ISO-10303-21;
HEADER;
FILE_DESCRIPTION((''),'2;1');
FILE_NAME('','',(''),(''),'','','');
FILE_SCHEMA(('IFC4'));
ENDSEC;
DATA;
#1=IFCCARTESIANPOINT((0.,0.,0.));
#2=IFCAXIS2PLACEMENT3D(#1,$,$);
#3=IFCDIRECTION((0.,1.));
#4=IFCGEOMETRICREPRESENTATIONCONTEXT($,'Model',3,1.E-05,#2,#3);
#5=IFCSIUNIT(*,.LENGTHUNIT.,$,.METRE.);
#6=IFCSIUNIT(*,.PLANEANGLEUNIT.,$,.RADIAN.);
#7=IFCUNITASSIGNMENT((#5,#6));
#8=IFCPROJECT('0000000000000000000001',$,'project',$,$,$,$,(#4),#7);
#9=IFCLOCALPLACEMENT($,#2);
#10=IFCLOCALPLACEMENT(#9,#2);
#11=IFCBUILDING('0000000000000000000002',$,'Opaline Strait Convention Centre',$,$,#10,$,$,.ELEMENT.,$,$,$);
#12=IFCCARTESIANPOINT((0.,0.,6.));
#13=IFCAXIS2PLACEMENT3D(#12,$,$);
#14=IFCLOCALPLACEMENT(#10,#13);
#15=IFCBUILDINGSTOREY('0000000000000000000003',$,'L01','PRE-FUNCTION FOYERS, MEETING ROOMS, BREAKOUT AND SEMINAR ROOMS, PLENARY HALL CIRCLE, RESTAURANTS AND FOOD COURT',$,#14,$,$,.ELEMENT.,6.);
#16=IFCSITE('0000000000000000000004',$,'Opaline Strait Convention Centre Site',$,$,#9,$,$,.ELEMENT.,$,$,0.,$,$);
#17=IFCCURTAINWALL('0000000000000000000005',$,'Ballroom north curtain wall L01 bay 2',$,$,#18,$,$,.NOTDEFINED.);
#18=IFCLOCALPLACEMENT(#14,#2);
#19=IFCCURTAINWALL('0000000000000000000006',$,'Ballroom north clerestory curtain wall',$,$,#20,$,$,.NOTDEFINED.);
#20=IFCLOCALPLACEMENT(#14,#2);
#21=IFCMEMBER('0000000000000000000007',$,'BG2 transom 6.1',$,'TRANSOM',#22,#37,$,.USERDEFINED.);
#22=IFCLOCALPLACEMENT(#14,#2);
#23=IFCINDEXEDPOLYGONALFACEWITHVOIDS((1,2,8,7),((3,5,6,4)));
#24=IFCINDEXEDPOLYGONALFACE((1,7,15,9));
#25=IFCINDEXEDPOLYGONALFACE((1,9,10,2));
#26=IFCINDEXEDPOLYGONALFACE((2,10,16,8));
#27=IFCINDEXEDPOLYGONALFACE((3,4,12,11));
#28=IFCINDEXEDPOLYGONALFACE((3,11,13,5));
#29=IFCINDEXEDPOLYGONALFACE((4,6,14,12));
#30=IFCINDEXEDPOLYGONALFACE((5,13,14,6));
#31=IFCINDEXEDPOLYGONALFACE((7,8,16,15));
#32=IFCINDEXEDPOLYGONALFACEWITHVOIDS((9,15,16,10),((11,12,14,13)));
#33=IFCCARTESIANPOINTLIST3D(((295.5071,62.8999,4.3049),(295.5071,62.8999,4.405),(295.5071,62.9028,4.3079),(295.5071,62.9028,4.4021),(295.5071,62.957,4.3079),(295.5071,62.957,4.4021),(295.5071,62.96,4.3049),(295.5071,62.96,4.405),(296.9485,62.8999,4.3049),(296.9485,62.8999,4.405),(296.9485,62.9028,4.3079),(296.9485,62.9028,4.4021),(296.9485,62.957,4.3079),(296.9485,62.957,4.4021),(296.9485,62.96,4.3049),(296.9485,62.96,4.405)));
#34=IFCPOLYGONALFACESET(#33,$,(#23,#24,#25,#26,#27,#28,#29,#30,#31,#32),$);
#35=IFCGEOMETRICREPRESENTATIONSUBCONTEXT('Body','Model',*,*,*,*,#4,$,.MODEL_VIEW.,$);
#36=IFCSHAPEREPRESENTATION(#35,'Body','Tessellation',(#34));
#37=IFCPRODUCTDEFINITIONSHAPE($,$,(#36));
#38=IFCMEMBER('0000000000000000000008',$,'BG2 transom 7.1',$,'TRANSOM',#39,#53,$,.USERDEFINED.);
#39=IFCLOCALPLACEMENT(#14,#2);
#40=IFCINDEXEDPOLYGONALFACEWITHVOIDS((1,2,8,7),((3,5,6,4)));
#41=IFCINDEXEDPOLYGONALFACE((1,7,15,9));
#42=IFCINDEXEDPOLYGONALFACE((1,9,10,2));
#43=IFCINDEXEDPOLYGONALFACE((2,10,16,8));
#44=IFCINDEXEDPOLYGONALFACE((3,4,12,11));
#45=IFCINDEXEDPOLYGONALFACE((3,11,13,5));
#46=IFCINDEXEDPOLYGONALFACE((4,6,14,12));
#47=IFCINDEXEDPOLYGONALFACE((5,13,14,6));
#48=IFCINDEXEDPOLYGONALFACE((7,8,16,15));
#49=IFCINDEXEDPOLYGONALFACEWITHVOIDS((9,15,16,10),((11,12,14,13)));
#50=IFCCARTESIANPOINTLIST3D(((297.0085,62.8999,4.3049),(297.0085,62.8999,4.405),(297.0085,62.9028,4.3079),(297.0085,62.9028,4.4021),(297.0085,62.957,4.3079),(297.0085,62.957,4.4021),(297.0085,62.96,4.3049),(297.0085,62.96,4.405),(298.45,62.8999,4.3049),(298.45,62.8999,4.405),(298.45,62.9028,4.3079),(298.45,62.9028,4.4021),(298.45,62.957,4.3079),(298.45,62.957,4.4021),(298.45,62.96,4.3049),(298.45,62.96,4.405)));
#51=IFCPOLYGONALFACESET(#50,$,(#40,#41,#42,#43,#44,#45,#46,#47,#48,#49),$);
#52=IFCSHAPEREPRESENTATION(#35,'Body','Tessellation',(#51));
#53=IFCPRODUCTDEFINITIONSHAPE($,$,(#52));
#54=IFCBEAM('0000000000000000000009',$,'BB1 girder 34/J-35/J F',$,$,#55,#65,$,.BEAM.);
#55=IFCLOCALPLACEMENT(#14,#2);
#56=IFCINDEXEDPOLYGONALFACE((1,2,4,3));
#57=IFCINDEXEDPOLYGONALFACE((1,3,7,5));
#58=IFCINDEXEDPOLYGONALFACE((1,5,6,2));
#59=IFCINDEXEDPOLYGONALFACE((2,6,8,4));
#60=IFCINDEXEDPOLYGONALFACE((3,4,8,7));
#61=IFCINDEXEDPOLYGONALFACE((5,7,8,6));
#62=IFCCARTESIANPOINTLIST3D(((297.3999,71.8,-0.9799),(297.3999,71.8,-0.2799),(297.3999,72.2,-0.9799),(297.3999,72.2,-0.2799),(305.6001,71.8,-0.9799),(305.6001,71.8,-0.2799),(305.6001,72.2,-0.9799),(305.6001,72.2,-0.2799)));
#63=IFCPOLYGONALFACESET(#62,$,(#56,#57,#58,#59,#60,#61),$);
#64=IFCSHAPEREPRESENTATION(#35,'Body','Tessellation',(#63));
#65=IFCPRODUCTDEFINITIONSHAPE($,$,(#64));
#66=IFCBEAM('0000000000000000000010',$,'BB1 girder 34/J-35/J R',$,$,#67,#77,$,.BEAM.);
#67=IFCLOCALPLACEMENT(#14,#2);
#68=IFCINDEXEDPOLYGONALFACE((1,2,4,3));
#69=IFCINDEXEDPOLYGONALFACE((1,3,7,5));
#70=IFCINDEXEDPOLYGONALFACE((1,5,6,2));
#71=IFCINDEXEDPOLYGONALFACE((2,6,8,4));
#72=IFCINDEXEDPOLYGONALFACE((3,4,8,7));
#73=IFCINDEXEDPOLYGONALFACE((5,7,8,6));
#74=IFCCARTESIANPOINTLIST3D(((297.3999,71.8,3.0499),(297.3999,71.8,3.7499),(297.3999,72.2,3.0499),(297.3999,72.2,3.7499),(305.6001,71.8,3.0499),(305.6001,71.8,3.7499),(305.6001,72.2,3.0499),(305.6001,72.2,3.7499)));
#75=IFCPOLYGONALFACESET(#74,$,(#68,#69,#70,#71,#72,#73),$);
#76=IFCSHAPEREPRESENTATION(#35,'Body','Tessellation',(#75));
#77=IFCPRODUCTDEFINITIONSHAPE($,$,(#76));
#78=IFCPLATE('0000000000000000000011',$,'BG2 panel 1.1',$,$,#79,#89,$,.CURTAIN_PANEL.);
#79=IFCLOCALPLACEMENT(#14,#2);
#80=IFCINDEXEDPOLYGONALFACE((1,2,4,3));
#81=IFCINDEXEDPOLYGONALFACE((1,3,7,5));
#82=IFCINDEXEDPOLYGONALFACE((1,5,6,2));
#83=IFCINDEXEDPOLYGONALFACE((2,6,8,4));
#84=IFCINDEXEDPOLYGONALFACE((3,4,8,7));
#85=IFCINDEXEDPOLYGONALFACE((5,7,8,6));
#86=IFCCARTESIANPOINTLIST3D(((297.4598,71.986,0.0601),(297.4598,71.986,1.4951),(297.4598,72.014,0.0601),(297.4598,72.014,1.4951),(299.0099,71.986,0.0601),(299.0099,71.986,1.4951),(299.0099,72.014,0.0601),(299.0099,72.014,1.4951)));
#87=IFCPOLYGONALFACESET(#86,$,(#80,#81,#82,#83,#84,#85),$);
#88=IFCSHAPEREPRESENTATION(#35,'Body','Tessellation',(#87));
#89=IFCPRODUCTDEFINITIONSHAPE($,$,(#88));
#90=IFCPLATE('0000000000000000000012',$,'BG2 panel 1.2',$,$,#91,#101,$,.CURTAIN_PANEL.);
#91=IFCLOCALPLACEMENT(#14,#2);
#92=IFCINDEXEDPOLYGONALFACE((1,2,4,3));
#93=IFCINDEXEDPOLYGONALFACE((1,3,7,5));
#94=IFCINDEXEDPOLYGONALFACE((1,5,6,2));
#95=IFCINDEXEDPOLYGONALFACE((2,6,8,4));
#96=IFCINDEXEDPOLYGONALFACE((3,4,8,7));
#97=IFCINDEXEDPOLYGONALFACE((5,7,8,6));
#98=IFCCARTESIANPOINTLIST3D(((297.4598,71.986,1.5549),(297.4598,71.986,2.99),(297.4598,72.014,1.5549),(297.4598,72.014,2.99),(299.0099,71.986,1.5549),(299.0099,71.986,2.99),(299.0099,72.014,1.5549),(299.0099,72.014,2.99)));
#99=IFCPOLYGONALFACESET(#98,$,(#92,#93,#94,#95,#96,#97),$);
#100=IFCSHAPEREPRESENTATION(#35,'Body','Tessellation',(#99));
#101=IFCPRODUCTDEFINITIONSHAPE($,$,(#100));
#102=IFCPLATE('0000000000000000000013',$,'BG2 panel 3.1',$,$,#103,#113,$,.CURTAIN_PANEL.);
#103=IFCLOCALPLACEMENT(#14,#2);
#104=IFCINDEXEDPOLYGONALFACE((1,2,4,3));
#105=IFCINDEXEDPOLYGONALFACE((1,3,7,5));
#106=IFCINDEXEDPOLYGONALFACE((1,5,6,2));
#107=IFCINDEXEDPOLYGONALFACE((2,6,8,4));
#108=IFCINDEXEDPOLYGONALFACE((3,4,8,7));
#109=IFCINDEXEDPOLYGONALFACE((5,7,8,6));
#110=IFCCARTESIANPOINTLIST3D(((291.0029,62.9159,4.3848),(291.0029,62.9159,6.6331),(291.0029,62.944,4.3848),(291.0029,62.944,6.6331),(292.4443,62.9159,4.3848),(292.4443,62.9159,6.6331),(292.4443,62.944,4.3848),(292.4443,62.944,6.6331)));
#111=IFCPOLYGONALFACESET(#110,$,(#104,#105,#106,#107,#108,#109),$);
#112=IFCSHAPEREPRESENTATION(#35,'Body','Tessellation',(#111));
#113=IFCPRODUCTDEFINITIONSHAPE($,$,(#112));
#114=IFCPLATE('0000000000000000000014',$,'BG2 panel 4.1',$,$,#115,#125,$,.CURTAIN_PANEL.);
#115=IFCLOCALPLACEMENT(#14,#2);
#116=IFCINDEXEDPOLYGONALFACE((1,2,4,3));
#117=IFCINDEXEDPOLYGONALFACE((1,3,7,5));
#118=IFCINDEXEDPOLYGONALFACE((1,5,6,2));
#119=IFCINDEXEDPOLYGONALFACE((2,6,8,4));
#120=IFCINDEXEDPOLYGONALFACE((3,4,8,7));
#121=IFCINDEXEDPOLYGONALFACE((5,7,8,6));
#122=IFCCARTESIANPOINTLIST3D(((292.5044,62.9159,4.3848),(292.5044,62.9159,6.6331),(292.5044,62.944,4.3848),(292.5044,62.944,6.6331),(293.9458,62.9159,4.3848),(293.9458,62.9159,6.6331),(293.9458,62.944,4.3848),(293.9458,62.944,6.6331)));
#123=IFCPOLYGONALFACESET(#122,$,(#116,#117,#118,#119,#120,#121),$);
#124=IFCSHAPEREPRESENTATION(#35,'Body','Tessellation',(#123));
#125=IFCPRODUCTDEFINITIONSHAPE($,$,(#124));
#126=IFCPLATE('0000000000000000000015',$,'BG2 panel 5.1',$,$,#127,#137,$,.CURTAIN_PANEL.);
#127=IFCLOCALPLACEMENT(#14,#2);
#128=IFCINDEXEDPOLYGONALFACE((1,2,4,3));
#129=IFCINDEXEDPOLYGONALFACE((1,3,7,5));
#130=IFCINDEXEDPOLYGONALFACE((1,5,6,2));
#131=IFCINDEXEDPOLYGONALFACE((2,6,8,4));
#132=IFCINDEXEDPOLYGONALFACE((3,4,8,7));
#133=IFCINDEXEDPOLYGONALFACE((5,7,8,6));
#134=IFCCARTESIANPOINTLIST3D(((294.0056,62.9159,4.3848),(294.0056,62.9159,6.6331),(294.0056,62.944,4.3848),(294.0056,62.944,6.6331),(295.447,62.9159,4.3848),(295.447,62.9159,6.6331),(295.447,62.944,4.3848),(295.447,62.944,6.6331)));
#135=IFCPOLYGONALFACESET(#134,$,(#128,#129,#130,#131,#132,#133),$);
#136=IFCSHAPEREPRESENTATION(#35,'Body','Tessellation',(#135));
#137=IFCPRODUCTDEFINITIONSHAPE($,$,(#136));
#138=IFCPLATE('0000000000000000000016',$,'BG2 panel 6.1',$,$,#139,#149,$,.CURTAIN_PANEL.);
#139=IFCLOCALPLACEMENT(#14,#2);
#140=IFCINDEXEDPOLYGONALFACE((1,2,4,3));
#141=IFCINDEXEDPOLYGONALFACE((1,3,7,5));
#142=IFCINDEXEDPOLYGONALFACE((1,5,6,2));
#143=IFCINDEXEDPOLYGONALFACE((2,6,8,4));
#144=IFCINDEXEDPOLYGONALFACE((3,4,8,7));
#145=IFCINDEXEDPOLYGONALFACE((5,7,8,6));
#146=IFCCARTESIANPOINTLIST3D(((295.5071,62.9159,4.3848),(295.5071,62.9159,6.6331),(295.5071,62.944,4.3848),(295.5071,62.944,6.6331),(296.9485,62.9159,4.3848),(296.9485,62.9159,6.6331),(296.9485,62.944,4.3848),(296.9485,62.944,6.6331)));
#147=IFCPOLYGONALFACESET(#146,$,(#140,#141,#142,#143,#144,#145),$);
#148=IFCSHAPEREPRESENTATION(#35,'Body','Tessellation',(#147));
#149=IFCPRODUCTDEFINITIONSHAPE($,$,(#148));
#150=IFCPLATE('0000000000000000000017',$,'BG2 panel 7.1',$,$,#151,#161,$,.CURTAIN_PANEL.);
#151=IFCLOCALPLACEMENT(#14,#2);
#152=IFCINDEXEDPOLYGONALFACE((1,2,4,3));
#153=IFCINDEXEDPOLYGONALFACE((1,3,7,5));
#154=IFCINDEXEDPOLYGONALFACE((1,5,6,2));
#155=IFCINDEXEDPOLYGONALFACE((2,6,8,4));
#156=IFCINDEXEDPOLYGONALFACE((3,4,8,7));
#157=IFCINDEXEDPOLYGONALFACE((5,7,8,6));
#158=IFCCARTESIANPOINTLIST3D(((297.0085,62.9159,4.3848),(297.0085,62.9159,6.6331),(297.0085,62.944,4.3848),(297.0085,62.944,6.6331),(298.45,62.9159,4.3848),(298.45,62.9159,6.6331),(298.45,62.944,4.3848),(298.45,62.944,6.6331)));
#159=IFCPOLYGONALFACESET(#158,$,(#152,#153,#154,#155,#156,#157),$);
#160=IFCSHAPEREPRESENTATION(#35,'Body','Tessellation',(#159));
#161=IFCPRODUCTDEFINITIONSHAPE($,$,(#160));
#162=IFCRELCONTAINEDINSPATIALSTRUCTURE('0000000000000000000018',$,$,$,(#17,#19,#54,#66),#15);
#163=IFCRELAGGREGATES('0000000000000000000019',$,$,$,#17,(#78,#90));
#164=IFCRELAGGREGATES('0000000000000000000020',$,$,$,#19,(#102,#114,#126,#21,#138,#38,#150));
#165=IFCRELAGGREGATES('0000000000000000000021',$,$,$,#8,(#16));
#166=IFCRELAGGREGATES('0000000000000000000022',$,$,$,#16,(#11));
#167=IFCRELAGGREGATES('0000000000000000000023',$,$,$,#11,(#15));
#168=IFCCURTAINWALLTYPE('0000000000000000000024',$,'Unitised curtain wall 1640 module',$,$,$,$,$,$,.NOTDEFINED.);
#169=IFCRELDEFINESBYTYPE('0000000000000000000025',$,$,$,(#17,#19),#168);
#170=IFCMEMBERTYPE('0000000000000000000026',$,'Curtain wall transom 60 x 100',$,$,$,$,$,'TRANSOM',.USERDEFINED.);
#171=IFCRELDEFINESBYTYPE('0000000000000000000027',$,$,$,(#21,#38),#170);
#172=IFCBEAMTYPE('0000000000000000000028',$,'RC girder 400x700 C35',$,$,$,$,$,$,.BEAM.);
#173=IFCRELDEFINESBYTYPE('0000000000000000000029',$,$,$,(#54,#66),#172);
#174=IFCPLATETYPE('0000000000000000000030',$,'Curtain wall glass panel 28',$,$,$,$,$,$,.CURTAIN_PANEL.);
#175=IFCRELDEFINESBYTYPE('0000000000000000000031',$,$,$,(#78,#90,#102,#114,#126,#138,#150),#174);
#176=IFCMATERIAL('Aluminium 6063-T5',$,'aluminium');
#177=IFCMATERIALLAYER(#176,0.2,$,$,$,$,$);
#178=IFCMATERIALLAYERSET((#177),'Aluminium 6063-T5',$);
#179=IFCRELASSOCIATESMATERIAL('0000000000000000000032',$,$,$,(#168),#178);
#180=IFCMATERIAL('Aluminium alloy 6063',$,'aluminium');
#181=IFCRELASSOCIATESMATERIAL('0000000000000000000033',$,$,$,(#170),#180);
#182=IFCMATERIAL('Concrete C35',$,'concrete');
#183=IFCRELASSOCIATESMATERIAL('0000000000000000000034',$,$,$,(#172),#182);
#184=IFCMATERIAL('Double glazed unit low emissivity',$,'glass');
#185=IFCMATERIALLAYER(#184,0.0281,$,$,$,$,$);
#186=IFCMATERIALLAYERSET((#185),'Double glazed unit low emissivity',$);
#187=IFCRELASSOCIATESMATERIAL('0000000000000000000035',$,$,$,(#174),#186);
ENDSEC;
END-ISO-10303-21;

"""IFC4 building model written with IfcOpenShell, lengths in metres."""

from ifc_helpers import new_model, si_unit, direction, frame, origin, origin_2d, place, context, subcontext, project, spatial, rectangle, hollow_rectangle, extrude, material, layer, layer_set, material_profile, profile_set, type_object, element, aggregate, save


model = new_model("IFC4")

# Units and contexts
model_context = context("Model", 3, precision=1e-05, world=origin(), true_north=direction((0.0, 1.0)))
body_context = subcontext(model_context, "Body", "Model", "MODEL_VIEW")
ifc_project = project(units=[si_unit("LENGTHUNIT", "METRE"), si_unit("PLANEANGLEUNIT", "RADIAN")], contexts=[model_context])

# Site, building, storey
site_placement = place(None, origin())
site = spatial("IfcSite", under=ifc_project, at=site_placement, Name="Opaline Strait Convention Centre Site", CompositionType="ELEMENT", RefElevation=0.0)
building_placement = place(site_placement, origin())
building = spatial("IfcBuilding", under=site, at=building_placement, Name="Opaline Strait Convention Centre", CompositionType="ELEMENT")
storey_placement = place(building_placement, frame((0.0, 0.0, 6.0)))
storey = spatial("IfcBuildingStorey", under=building, at=storey_placement, Name="L01", Description="PRE-FUNCTION FOYERS, MEETING ROOMS, BREAKOUT AND SEMINAR ROOMS, PLENARY HALL CIRCLE, RESTAURANTS AND FOOD COURT", CompositionType="ELEMENT", Elevation=6.0)

# Curtain wall
ifc_material_1 = material(Name="Aluminium 6063-T5", Category="aluminium")
ifc_layer_1 = layer(ifc_material_1, 0.2)
ifc_layer_set_1 = layer_set([ifc_layer_1], Name="Aluminium 6063-T5")
curtain_wall_type = type_object("IfcCurtainWallType", Name="Unitised curtain wall 1640 module", PredefinedType="NOTDEFINED", material=ifc_layer_set_1)
curtain_wall_1_placement = place(storey_placement, origin())
curtain_wall_1 = element("IfcCurtainWall", 1, at=curtain_wall_1_placement, inside=storey, type_object=curtain_wall_type, Name="Ballroom north curtain wall L01 bay 2", PredefinedType="NOTDEFINED")
ifc_material_2 = material(Name="Aluminium alloy 6063", Category="aluminium")

# Curtain wall
curtain_wall_2_placement = place(storey_placement, origin())
curtain_wall_2 = element("IfcCurtainWall", 2, at=curtain_wall_2_placement, inside=storey, type_object=curtain_wall_type, Name="Ballroom north clerestory curtain wall", PredefinedType="NOTDEFINED")

# Members
ifc_material_profile_1 = material_profile(ifc_material_2, hollow_rectangle(XDim=0.0601, YDim=0.1001, WallThickness=0.0029, at=origin_2d()), Name="TRANSOM 60x100x3")
ifc_profile_set_1 = profile_set([ifc_material_profile_1], Name="Aluminium alloy 6063")
member_type_1 = type_object("IfcMemberType", Name="Curtain wall transom 60 x 100", ElementType="TRANSOM", PredefinedType="USERDEFINED", material=ifc_profile_set_1)
member_1_placement = place(storey_placement, frame((295.5071, 62.9299, 4.355), z_axis=(1.0, 0.0, 0.0), x_axis=(0.0, 1.0, 0.0)))
member_1 = element("IfcMember", 3, at=member_1_placement, type_object=member_type_1, Name="BG2 transom 6.1", ObjectType="TRANSOM", PredefinedType="USERDEFINED", context=body_context, shape_type="SweptSolid", body=[
    extrude(hollow_rectangle(XDim=0.0601, YDim=0.1001, WallThickness=0.0029, at=origin_2d()), origin(), (0.0, 0.0, 1.0), 1.4414),
])
member_2_placement = place(storey_placement, frame((297.0085, 62.9299, 4.355), z_axis=(1.0, 0.0, 0.0), x_axis=(0.0, 1.0, 0.0)))
member_2 = element("IfcMember", 4, at=member_2_placement, type_object=member_type_1, Name="BG2 transom 7.1", ObjectType="TRANSOM", PredefinedType="USERDEFINED", context=body_context, shape_type="SweptSolid", body=[
    extrude(hollow_rectangle(XDim=0.0601, YDim=0.1001, WallThickness=0.0029, at=origin_2d()), origin(), (0.0, 0.0, 1.0), 1.4414),
])

# Beams
ifc_material_3 = material(Name="Concrete C35", Category="concrete")
ifc_material_profile_2 = material_profile(ifc_material_3, rectangle(XDim=0.3999, YDim=0.7, at=origin_2d()), Name="RC 400x700")
ifc_profile_set_2 = profile_set([ifc_material_profile_2], Name="Concrete C35")
beam_type = type_object("IfcBeamType", Name="RC girder 400x700 C35", PredefinedType="BEAM", material=ifc_profile_set_2)
for number, where, z_axis, x_axis, name in (
    (5, (297.3999, 72.0, -0.6299), (1.0, 0.0, 0.0), (0.0, 1.0, 0.0), "BB1 girder 34/J-35/J F"),
    (6, (297.3999, 72.0, 3.3999), (1.0, 0.0, 0.0), (0.0, 1.0, 0.0), "BB1 girder 34/J-35/J R"),
):
    element("IfcBeam", number, at=place(storey_placement, frame(where, z_axis=z_axis, x_axis=x_axis)), inside=storey, type_object=beam_type, Name=name, PredefinedType="BEAM", context=body_context, shape_type="SweptSolid", body=[
        extrude(rectangle(XDim=0.3999, YDim=0.7, at=origin_2d()), origin(), (0.0, 0.0, 1.0), 8.2002),
    ])

# Plates
ifc_material_4 = material(Name="Double glazed unit low emissivity", Category="glass")
ifc_layer_2 = layer(ifc_material_4, 0.0281)
ifc_layer_set_2 = layer_set([ifc_layer_2], Name="Double glazed unit low emissivity")
plate_type = type_object("IfcPlateType", Name="Curtain wall glass panel 28", PredefinedType="CURTAIN_PANEL", material=ifc_layer_set_2)
plate_1_placement = place(storey_placement, frame((298.2349, 72.0, 0.0601), z_axis=(0.0, 0.0, 1.0), x_axis=(1.0, 0.0, 0.0)))
plate_1 = element("IfcPlate", 7, at=plate_1_placement, type_object=plate_type, Name="BG2 panel 1.1", PredefinedType="CURTAIN_PANEL", context=body_context, shape_type="SweptSolid", body=[
    extrude(rectangle(XDim=1.55, YDim=0.0281, at=origin_2d()), origin(), (0.0, 0.0, 1.0), 1.4351),
])
plate_2_placement = place(storey_placement, frame((298.2349, 72.0, 1.5549), z_axis=(0.0, 0.0, 1.0), x_axis=(1.0, 0.0, 0.0)))
plate_2 = element("IfcPlate", 8, at=plate_2_placement, type_object=plate_type, Name="BG2 panel 1.2", PredefinedType="CURTAIN_PANEL", context=body_context, shape_type="SweptSolid", body=[
    extrude(rectangle(XDim=1.55, YDim=0.0281, at=origin_2d()), origin(), (0.0, 0.0, 1.0), 1.4351),
])
aggregate(curtain_wall_1, [plate_1, plate_2])
plate_3_placement = place(storey_placement, frame((291.7236, 62.9299, 4.3848), z_axis=(0.0, 0.0, 1.0), x_axis=(1.0, 0.0, 0.0)))
plate_3 = element("IfcPlate", 9, at=plate_3_placement, type_object=plate_type, Name="BG2 panel 3.1", PredefinedType="CURTAIN_PANEL", context=body_context, shape_type="SweptSolid", body=[
    extrude(rectangle(XDim=1.4414, YDim=0.0281, at=origin_2d()), origin(), (0.0, 0.0, 1.0), 2.2483),
])
plate_4_placement = place(storey_placement, frame((293.2251, 62.9299, 4.3848), z_axis=(0.0, 0.0, 1.0), x_axis=(1.0, 0.0, 0.0)))
plate_4 = element("IfcPlate", 10, at=plate_4_placement, type_object=plate_type, Name="BG2 panel 4.1", PredefinedType="CURTAIN_PANEL", context=body_context, shape_type="SweptSolid", body=[
    extrude(rectangle(XDim=1.4414, YDim=0.0281, at=origin_2d()), origin(), (0.0, 0.0, 1.0), 2.2483),
])
plate_5_placement = place(storey_placement, frame((294.7263, 62.9299, 4.3848), z_axis=(0.0, 0.0, 1.0), x_axis=(1.0, 0.0, 0.0)))
plate_5 = element("IfcPlate", 11, at=plate_5_placement, type_object=plate_type, Name="BG2 panel 5.1", PredefinedType="CURTAIN_PANEL", context=body_context, shape_type="SweptSolid", body=[
    extrude(rectangle(XDim=1.4414, YDim=0.0281, at=origin_2d()), origin(), (0.0, 0.0, 1.0), 2.2483),
])
plate_6_placement = place(storey_placement, frame((296.2278, 62.9299, 4.3848), z_axis=(0.0, 0.0, 1.0), x_axis=(1.0, 0.0, 0.0)))
plate_6 = element("IfcPlate", 12, at=plate_6_placement, type_object=plate_type, Name="BG2 panel 6.1", PredefinedType="CURTAIN_PANEL", context=body_context, shape_type="SweptSolid", body=[
    extrude(rectangle(XDim=1.4414, YDim=0.0281, at=origin_2d()), origin(), (0.0, 0.0, 1.0), 2.2483),
])
plate_7_placement = place(storey_placement, frame((297.7292, 62.9299, 4.3848), z_axis=(0.0, 0.0, 1.0), x_axis=(1.0, 0.0, 0.0)))
plate_7 = element("IfcPlate", 13, at=plate_7_placement, type_object=plate_type, Name="BG2 panel 7.1", PredefinedType="CURTAIN_PANEL", context=body_context, shape_type="SweptSolid", body=[
    extrude(rectangle(XDim=1.4414, YDim=0.0281, at=origin_2d()), origin(), (0.0, 0.0, 1.0), 2.2483),
])
aggregate(curtain_wall_2, [plate_3, plate_4, plate_5, member_1, plate_6, member_2, plate_7])

save(model, "model.ifc")
